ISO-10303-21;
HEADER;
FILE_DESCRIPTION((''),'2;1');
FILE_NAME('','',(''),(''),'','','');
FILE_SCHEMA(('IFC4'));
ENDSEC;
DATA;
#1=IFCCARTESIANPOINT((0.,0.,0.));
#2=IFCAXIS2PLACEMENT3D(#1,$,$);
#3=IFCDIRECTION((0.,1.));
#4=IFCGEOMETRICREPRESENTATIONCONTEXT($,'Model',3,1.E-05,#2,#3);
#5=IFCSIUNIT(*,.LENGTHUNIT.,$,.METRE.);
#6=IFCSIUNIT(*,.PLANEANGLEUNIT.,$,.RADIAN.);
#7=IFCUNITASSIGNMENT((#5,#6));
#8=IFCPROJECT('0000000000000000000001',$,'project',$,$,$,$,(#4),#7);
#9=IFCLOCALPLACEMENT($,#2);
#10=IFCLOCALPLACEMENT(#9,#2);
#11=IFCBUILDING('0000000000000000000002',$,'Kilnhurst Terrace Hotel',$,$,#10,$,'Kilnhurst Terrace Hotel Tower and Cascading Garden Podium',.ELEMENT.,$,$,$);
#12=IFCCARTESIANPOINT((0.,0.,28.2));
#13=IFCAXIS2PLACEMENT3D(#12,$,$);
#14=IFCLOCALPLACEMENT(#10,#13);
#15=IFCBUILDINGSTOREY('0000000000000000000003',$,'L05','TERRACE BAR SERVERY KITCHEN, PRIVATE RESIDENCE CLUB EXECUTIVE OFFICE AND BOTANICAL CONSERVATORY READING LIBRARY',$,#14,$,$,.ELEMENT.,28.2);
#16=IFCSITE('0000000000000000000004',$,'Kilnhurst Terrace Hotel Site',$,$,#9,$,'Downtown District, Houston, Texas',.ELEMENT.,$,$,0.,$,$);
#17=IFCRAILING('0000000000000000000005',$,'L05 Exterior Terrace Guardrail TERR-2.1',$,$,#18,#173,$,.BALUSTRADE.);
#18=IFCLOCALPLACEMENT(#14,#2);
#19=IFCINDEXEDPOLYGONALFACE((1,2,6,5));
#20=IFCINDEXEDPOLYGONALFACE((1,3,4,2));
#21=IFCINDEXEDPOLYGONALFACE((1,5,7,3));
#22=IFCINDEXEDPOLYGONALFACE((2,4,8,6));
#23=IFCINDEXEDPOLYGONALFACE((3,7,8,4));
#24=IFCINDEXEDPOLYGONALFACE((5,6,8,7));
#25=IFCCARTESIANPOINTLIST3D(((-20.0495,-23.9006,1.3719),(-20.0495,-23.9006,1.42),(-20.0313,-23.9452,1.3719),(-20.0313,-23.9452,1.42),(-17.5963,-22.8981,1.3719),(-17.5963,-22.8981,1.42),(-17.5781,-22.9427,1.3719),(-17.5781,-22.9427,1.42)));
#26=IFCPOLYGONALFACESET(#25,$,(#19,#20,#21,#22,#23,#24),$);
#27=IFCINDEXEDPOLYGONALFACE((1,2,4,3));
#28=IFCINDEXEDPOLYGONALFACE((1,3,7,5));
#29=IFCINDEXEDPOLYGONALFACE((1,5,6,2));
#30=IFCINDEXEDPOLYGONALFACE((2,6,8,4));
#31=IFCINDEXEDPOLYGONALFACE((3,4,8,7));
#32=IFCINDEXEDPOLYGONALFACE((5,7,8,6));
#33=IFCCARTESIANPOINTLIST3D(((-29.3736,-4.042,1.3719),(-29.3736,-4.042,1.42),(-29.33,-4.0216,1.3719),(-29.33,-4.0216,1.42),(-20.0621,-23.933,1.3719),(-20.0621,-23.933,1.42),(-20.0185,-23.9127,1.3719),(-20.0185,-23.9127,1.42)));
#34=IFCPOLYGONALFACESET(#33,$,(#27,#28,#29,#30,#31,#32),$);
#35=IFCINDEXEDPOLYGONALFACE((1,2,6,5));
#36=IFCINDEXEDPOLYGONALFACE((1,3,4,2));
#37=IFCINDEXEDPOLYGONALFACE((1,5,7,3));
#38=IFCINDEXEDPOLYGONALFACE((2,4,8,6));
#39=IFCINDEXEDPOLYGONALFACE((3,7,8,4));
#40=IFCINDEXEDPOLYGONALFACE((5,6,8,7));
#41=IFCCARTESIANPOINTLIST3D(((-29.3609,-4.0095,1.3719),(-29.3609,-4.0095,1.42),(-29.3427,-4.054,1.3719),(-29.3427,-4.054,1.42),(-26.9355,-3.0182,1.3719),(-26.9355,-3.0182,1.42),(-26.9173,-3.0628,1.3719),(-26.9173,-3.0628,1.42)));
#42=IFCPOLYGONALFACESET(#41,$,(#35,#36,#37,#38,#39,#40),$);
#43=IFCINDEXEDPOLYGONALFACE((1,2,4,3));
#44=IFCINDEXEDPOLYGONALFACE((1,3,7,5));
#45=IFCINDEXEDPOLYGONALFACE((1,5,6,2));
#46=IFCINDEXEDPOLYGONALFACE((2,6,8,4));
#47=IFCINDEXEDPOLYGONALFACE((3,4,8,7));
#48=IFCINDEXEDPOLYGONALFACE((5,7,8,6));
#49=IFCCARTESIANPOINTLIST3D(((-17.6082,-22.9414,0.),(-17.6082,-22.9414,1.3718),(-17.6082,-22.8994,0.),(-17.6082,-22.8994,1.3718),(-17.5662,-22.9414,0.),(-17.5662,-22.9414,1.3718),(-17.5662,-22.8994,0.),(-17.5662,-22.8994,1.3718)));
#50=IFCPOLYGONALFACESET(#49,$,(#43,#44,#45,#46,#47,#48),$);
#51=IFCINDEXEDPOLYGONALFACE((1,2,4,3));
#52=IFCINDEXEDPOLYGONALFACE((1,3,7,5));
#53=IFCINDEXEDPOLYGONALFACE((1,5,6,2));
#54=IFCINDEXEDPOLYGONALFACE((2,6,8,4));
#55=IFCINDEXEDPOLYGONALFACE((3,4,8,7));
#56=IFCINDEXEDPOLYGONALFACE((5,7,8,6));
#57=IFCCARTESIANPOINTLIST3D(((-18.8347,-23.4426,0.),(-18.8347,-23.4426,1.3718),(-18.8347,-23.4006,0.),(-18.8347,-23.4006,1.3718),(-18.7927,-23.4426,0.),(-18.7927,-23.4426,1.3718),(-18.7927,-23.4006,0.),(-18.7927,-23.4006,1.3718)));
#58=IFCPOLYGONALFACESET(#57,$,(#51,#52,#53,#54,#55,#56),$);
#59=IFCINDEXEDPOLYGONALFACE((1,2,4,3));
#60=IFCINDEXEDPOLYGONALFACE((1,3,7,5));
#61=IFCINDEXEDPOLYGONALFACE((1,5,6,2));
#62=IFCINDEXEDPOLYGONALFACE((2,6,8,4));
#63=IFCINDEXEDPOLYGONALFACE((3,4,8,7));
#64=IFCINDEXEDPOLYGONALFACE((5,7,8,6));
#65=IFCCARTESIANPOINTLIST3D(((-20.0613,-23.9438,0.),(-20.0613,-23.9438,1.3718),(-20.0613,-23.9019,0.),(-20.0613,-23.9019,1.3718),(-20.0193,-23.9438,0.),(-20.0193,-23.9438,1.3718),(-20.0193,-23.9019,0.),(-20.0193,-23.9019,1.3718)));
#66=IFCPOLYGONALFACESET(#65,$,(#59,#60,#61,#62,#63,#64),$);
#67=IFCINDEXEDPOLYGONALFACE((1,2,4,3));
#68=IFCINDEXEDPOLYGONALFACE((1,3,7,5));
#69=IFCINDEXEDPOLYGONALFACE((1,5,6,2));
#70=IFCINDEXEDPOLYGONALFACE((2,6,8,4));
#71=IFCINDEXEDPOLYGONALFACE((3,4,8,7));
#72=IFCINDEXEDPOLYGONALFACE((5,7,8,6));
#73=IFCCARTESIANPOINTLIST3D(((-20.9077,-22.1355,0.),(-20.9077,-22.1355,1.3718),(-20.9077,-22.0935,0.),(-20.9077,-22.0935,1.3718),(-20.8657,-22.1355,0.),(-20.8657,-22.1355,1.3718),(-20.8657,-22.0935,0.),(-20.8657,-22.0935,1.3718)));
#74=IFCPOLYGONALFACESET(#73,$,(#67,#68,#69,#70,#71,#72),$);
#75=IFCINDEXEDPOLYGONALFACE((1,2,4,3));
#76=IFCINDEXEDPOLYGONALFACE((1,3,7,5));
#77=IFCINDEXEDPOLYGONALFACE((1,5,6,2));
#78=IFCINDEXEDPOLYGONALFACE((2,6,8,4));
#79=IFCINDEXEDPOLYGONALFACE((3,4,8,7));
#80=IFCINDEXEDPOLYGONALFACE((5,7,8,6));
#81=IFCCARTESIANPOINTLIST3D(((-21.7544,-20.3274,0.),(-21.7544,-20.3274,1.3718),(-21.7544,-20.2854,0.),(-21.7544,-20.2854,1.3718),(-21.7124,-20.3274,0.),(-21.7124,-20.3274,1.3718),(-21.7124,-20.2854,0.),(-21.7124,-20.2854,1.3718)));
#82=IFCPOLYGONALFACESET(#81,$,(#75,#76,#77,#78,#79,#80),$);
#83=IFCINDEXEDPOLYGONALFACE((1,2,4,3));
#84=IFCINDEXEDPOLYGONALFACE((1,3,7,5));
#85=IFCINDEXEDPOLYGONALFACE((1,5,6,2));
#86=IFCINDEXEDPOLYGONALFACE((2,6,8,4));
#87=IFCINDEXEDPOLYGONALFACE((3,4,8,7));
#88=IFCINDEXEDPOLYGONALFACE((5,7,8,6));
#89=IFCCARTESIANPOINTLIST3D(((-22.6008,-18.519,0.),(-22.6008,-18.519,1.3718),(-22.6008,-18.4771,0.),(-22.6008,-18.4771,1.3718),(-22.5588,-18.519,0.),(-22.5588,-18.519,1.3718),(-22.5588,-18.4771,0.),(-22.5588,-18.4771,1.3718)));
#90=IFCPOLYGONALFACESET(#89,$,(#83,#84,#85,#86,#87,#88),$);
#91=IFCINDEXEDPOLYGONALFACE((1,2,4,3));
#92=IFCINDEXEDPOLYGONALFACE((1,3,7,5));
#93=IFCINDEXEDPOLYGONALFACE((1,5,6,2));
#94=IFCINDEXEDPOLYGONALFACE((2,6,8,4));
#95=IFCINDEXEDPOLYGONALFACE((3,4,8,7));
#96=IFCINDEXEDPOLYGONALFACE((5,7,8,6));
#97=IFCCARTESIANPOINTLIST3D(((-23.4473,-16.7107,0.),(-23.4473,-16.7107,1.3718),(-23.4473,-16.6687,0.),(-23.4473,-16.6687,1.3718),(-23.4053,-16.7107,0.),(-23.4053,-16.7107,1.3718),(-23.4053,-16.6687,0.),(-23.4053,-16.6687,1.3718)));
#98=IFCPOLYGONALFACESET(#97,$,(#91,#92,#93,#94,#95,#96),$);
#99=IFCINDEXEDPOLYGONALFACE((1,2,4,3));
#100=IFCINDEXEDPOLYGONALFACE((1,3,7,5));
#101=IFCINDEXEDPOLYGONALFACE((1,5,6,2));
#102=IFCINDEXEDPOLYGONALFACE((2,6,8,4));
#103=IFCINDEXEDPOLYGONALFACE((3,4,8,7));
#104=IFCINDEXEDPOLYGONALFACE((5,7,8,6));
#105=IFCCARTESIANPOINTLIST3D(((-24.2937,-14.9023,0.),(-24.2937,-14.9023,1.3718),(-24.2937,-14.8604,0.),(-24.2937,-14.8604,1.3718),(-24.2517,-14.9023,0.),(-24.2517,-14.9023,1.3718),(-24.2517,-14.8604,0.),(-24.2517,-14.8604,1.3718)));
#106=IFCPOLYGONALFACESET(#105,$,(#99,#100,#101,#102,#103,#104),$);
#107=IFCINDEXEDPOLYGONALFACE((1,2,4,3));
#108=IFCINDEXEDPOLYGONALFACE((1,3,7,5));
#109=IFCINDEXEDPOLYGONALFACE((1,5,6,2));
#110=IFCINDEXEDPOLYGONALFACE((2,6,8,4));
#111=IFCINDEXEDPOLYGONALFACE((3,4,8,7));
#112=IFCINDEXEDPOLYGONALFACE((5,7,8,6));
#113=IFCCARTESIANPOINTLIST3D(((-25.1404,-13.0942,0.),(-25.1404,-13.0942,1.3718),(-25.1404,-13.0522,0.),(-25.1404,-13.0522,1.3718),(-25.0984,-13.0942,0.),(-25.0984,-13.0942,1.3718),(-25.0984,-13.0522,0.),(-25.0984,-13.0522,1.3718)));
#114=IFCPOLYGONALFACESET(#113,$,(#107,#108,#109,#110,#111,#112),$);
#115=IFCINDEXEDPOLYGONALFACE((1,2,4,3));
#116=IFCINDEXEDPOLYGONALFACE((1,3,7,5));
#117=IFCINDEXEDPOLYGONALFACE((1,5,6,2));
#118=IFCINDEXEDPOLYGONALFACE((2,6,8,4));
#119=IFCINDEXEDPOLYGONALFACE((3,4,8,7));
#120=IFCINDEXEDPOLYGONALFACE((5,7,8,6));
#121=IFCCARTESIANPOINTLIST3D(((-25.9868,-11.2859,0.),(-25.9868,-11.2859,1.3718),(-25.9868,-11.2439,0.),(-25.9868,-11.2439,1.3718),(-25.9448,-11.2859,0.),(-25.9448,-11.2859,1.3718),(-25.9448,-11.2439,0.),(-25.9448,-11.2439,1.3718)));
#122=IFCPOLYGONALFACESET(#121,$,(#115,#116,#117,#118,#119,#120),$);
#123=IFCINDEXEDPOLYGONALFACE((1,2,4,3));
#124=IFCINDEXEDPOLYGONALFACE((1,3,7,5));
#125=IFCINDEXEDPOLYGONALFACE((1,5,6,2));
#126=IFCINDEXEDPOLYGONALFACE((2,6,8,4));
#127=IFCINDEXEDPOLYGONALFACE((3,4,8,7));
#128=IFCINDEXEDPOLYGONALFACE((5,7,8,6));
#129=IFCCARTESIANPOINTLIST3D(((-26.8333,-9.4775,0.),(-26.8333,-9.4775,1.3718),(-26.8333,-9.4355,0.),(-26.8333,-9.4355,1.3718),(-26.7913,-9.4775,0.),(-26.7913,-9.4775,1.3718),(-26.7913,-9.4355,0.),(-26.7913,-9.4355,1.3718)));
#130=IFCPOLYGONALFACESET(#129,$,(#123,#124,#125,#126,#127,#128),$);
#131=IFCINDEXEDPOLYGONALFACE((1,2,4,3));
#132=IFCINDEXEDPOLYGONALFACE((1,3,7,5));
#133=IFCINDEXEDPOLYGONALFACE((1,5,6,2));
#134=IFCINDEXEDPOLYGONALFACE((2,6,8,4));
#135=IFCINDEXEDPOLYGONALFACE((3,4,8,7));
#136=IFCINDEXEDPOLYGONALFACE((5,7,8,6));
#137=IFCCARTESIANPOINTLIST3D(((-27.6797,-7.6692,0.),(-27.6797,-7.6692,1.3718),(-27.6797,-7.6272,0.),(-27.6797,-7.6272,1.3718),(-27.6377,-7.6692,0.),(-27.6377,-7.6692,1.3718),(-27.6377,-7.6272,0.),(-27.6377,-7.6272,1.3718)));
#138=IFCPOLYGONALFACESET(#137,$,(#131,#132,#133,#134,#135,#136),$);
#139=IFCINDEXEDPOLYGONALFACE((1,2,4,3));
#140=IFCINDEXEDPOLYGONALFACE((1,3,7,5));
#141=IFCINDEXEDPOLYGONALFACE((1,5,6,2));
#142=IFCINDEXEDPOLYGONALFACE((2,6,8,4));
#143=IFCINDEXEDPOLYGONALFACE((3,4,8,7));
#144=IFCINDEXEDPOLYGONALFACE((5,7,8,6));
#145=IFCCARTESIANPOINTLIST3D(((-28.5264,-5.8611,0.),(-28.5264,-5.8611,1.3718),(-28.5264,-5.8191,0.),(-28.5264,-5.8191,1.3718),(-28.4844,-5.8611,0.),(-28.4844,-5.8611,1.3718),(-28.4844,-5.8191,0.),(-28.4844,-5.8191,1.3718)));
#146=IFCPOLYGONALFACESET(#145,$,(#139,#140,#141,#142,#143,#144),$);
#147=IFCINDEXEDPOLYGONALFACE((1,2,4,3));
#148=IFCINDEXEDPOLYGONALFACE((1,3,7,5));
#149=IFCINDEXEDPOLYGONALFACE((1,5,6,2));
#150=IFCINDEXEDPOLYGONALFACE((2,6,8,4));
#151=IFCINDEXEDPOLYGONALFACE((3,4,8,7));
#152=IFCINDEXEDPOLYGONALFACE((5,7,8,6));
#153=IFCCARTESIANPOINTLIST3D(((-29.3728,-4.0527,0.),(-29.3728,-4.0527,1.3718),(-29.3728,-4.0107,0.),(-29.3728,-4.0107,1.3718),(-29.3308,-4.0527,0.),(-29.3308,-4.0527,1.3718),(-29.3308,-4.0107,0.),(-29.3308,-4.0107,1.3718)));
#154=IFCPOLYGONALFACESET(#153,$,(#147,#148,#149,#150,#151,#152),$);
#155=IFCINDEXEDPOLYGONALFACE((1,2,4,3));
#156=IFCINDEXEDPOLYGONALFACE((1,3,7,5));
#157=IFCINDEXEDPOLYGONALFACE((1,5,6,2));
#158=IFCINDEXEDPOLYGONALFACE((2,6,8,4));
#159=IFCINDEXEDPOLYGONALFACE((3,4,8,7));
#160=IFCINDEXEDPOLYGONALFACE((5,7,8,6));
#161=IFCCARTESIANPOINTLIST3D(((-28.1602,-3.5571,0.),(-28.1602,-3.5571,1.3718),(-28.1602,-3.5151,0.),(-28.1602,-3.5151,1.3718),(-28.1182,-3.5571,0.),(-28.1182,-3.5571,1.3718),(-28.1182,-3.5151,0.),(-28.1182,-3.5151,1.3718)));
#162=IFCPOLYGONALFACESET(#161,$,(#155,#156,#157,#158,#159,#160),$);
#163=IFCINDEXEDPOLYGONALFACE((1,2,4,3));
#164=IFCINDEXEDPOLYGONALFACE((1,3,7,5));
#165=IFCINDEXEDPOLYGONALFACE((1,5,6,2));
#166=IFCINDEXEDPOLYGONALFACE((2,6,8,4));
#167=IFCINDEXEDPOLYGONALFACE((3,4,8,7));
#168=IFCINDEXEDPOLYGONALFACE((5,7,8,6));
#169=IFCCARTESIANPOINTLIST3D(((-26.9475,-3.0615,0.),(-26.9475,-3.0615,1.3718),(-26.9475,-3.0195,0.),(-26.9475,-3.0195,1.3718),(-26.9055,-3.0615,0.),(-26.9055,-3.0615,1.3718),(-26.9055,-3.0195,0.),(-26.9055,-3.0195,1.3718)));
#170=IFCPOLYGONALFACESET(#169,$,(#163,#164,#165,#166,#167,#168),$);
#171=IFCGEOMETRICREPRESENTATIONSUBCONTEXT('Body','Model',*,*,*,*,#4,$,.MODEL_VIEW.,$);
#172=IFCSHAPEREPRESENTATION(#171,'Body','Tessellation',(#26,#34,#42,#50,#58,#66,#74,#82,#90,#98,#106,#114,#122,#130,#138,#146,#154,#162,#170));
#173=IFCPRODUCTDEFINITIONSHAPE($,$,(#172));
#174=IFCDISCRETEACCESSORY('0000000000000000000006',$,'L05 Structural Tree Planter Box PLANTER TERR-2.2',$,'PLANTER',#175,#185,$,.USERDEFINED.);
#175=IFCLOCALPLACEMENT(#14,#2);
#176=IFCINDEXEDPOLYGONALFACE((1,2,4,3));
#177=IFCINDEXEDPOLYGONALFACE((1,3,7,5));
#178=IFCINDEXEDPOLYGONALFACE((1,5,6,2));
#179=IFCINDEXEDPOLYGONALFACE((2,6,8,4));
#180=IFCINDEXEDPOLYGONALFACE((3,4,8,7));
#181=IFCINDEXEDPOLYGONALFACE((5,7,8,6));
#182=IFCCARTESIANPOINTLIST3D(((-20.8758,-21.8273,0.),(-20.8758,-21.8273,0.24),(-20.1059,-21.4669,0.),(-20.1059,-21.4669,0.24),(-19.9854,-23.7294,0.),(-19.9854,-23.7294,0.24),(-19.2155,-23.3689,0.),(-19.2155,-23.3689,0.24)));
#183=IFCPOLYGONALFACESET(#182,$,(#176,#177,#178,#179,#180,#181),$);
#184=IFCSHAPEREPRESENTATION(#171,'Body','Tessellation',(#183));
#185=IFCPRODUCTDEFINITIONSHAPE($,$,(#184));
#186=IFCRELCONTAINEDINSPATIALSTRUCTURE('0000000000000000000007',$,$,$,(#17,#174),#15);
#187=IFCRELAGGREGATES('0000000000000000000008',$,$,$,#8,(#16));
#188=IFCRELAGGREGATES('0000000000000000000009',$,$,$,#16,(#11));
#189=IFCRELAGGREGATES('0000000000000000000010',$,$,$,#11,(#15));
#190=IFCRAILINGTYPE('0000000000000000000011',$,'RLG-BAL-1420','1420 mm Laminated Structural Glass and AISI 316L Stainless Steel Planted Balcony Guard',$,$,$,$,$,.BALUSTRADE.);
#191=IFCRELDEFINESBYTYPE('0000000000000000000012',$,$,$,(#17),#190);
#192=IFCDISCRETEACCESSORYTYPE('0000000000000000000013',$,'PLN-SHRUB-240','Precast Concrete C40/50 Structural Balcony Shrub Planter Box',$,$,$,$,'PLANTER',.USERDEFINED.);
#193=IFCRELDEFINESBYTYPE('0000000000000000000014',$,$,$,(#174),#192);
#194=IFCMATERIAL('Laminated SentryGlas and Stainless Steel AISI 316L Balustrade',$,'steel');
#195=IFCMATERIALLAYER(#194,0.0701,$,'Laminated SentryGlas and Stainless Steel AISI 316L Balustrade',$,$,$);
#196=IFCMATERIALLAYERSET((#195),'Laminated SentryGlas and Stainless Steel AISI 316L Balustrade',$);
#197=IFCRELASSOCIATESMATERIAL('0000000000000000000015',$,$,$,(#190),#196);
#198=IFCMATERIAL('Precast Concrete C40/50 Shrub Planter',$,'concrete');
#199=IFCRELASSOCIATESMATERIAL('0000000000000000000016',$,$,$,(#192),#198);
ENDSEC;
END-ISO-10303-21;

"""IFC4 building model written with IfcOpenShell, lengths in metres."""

from ifc_helpers import new_model, si_unit, direction, frame, origin, origin_2d, place, context, subcontext, project, spatial, rectangle, extrude, material, layer, layer_set, type_object, element, save


model = new_model("IFC4")

# Units and contexts
model_context = context("Model", 3, precision=1e-05, world=origin(), true_north=direction((0.0, 1.0)))
body_context = subcontext(model_context, "Body", "Model", "MODEL_VIEW")
ifc_project = project(units=[si_unit("LENGTHUNIT", "METRE"), si_unit("PLANEANGLEUNIT", "RADIAN")], contexts=[model_context])

# Site, building, storey
site_placement = place(None, origin())
site = spatial("IfcSite", under=ifc_project, at=site_placement, Name="Kilnhurst Terrace Hotel Site", LongName="Downtown District, Houston, Texas", CompositionType="ELEMENT", RefElevation=0.0)
building_placement = place(site_placement, origin())
building = spatial("IfcBuilding", under=site, at=building_placement, Name="Kilnhurst Terrace Hotel", LongName="Kilnhurst Terrace Hotel Tower and Cascading Garden Podium", CompositionType="ELEMENT")
storey_placement = place(building_placement, frame((0.0, 0.0, 28.2)))
storey = spatial("IfcBuildingStorey", under=building, at=storey_placement, Name="L05", Description="TERRACE BAR SERVERY KITCHEN, PRIVATE RESIDENCE CLUB EXECUTIVE OFFICE AND BOTANICAL CONSERVATORY READING LIBRARY", CompositionType="ELEMENT", Elevation=28.2)

# Railing
ifc_material_1 = material(Name="Laminated SentryGlas and Stainless Steel AISI 316L Balustrade", Category="steel")
ifc_layer_1 = layer(ifc_material_1, 0.0701, Name="Laminated SentryGlas and Stainless Steel AISI 316L Balustrade")
ifc_layer_set_1 = layer_set([ifc_layer_1], Name="Laminated SentryGlas and Stainless Steel AISI 316L Balustrade")
railing_type = type_object("IfcRailingType", Name="RLG-BAL-1420", Description="1420 mm Laminated Structural Glass and AISI 316L Stainless Steel Planted Balcony Guard", PredefinedType="BALUSTRADE", material=ifc_layer_set_1)
railing_placement = place(storey_placement, frame((-17.5872, -22.9204, 0.0)))
element("IfcRailing", 1, at=railing_placement, inside=storey, type_object=railing_type, Name="L05 Exterior Terrace Guardrail TERR-2.1", PredefinedType="BALUSTRADE", context=body_context, shape_type="SweptSolid", body=[
    extrude(rectangle(XDim=0.0481, YDim=0.0481, at=origin_2d()), frame((0.0, 0.0, 1.396), z_axis=(-0.925694, -0.378274, 0.0), x_axis=(0.378274, -0.925694, 0.0)), (0.0, 0.0, 1.0), 2.6501),
    extrude(rectangle(XDim=0.0481, YDim=0.0481, at=origin_2d()), frame((-2.4531, -1.0024, 1.396), z_axis=(-0.42397, 0.905676, 0.0), x_axis=(-0.905676, -0.42397, 0.0)), (0.0, 0.0, 1.0), 21.9626),
    extrude(rectangle(XDim=0.0481, YDim=0.0481, at=origin_2d()), frame((-11.7646, 18.8887, 1.396), z_axis=(0.925675, 0.378321, 0.0), x_axis=(-0.378321, 0.925675, 0.0)), (0.0, 0.0, 1.0), 2.6201),
    extrude(rectangle(XDim=0.042, YDim=0.042, at=origin_2d()), origin(), (0.0, 0.0, 1.0), 1.3718),
    extrude(rectangle(XDim=0.042, YDim=0.042, at=origin_2d()), frame((-1.2266, -0.5012, 0.0)), (0.0, 0.0, 1.0), 1.3718),
    extrude(rectangle(XDim=0.042, YDim=0.042, at=origin_2d()), frame((-2.4531, -1.0024, 0.0)), (0.0, 0.0, 1.0), 1.3718),
    extrude(rectangle(XDim=0.042, YDim=0.042, at=origin_2d()), frame((-3.2996, 0.8059, 0.0)), (0.0, 0.0, 1.0), 1.3718),
    extrude(rectangle(XDim=0.042, YDim=0.042, at=origin_2d()), frame((-4.1462, 2.614, 0.0)), (0.0, 0.0, 1.0), 1.3718),
    extrude(rectangle(XDim=0.042, YDim=0.042, at=origin_2d()), frame((-4.9927, 4.4224, 0.0)), (0.0, 0.0, 1.0), 1.3718),
    extrude(rectangle(XDim=0.042, YDim=0.042, at=origin_2d()), frame((-5.8391, 6.2307, 0.0)), (0.0, 0.0, 1.0), 1.3718),
    extrude(rectangle(XDim=0.042, YDim=0.042, at=origin_2d()), frame((-6.6855, 8.0391, 0.0)), (0.0, 0.0, 1.0), 1.3718),
    extrude(rectangle(XDim=0.042, YDim=0.042, at=origin_2d()), frame((-7.5322, 9.8472, 0.0)), (0.0, 0.0, 1.0), 1.3718),
    extrude(rectangle(XDim=0.042, YDim=0.042, at=origin_2d()), frame((-8.3787, 11.6555, 0.0)), (0.0, 0.0, 1.0), 1.3718),
    extrude(rectangle(XDim=0.042, YDim=0.042, at=origin_2d()), frame((-9.2251, 13.4639, 0.0)), (0.0, 0.0, 1.0), 1.3718),
    extrude(rectangle(XDim=0.042, YDim=0.042, at=origin_2d()), frame((-10.0715, 15.2722, 0.0)), (0.0, 0.0, 1.0), 1.3718),
    extrude(rectangle(XDim=0.042, YDim=0.042, at=origin_2d()), frame((-10.9182, 17.0803, 0.0)), (0.0, 0.0, 1.0), 1.3718),
    extrude(rectangle(XDim=0.042, YDim=0.042, at=origin_2d()), frame((-11.7646, 18.8887, 0.0)), (0.0, 0.0, 1.0), 1.3718),
    extrude(rectangle(XDim=0.042, YDim=0.042, at=origin_2d()), frame((-10.552, 19.3843, 0.0)), (0.0, 0.0, 1.0), 1.3718),
    extrude(rectangle(XDim=0.042, YDim=0.042, at=origin_2d()), frame((-9.3394, 19.8799, 0.0)), (0.0, 0.0, 1.0), 1.3718),
])

# Discrete accessory
ifc_material_2 = material(Name="Precast Concrete C40/50 Shrub Planter", Category="concrete")
discrete_accessory_type = type_object("IfcDiscreteAccessoryType", Name="PLN-SHRUB-240", Description="Precast Concrete C40/50 Structural Balcony Shrub Planter Box", ElementType="PLANTER", PredefinedType="USERDEFINED", material=ifc_material_2)
discrete_accessory_placement = place(storey_placement, frame((-20.0457, -22.5981, 0.0), z_axis=(0.0, 0.0, 1.0), x_axis=(0.423962, -0.90568, 0.0)))
element("IfcDiscreteAccessory", 2, at=discrete_accessory_placement, inside=storey, type_object=discrete_accessory_type, Name="L05 Structural Tree Planter Box PLANTER TERR-2.2", ObjectType="PLANTER", PredefinedType="USERDEFINED", context=body_context, shape_type="SweptSolid", body=[
    extrude(rectangle(XDim=2.1001, YDim=0.8501, at=origin_2d()), origin(), (0.0, 0.0, 1.0), 0.24),
])

save(model, "model.ifc")
